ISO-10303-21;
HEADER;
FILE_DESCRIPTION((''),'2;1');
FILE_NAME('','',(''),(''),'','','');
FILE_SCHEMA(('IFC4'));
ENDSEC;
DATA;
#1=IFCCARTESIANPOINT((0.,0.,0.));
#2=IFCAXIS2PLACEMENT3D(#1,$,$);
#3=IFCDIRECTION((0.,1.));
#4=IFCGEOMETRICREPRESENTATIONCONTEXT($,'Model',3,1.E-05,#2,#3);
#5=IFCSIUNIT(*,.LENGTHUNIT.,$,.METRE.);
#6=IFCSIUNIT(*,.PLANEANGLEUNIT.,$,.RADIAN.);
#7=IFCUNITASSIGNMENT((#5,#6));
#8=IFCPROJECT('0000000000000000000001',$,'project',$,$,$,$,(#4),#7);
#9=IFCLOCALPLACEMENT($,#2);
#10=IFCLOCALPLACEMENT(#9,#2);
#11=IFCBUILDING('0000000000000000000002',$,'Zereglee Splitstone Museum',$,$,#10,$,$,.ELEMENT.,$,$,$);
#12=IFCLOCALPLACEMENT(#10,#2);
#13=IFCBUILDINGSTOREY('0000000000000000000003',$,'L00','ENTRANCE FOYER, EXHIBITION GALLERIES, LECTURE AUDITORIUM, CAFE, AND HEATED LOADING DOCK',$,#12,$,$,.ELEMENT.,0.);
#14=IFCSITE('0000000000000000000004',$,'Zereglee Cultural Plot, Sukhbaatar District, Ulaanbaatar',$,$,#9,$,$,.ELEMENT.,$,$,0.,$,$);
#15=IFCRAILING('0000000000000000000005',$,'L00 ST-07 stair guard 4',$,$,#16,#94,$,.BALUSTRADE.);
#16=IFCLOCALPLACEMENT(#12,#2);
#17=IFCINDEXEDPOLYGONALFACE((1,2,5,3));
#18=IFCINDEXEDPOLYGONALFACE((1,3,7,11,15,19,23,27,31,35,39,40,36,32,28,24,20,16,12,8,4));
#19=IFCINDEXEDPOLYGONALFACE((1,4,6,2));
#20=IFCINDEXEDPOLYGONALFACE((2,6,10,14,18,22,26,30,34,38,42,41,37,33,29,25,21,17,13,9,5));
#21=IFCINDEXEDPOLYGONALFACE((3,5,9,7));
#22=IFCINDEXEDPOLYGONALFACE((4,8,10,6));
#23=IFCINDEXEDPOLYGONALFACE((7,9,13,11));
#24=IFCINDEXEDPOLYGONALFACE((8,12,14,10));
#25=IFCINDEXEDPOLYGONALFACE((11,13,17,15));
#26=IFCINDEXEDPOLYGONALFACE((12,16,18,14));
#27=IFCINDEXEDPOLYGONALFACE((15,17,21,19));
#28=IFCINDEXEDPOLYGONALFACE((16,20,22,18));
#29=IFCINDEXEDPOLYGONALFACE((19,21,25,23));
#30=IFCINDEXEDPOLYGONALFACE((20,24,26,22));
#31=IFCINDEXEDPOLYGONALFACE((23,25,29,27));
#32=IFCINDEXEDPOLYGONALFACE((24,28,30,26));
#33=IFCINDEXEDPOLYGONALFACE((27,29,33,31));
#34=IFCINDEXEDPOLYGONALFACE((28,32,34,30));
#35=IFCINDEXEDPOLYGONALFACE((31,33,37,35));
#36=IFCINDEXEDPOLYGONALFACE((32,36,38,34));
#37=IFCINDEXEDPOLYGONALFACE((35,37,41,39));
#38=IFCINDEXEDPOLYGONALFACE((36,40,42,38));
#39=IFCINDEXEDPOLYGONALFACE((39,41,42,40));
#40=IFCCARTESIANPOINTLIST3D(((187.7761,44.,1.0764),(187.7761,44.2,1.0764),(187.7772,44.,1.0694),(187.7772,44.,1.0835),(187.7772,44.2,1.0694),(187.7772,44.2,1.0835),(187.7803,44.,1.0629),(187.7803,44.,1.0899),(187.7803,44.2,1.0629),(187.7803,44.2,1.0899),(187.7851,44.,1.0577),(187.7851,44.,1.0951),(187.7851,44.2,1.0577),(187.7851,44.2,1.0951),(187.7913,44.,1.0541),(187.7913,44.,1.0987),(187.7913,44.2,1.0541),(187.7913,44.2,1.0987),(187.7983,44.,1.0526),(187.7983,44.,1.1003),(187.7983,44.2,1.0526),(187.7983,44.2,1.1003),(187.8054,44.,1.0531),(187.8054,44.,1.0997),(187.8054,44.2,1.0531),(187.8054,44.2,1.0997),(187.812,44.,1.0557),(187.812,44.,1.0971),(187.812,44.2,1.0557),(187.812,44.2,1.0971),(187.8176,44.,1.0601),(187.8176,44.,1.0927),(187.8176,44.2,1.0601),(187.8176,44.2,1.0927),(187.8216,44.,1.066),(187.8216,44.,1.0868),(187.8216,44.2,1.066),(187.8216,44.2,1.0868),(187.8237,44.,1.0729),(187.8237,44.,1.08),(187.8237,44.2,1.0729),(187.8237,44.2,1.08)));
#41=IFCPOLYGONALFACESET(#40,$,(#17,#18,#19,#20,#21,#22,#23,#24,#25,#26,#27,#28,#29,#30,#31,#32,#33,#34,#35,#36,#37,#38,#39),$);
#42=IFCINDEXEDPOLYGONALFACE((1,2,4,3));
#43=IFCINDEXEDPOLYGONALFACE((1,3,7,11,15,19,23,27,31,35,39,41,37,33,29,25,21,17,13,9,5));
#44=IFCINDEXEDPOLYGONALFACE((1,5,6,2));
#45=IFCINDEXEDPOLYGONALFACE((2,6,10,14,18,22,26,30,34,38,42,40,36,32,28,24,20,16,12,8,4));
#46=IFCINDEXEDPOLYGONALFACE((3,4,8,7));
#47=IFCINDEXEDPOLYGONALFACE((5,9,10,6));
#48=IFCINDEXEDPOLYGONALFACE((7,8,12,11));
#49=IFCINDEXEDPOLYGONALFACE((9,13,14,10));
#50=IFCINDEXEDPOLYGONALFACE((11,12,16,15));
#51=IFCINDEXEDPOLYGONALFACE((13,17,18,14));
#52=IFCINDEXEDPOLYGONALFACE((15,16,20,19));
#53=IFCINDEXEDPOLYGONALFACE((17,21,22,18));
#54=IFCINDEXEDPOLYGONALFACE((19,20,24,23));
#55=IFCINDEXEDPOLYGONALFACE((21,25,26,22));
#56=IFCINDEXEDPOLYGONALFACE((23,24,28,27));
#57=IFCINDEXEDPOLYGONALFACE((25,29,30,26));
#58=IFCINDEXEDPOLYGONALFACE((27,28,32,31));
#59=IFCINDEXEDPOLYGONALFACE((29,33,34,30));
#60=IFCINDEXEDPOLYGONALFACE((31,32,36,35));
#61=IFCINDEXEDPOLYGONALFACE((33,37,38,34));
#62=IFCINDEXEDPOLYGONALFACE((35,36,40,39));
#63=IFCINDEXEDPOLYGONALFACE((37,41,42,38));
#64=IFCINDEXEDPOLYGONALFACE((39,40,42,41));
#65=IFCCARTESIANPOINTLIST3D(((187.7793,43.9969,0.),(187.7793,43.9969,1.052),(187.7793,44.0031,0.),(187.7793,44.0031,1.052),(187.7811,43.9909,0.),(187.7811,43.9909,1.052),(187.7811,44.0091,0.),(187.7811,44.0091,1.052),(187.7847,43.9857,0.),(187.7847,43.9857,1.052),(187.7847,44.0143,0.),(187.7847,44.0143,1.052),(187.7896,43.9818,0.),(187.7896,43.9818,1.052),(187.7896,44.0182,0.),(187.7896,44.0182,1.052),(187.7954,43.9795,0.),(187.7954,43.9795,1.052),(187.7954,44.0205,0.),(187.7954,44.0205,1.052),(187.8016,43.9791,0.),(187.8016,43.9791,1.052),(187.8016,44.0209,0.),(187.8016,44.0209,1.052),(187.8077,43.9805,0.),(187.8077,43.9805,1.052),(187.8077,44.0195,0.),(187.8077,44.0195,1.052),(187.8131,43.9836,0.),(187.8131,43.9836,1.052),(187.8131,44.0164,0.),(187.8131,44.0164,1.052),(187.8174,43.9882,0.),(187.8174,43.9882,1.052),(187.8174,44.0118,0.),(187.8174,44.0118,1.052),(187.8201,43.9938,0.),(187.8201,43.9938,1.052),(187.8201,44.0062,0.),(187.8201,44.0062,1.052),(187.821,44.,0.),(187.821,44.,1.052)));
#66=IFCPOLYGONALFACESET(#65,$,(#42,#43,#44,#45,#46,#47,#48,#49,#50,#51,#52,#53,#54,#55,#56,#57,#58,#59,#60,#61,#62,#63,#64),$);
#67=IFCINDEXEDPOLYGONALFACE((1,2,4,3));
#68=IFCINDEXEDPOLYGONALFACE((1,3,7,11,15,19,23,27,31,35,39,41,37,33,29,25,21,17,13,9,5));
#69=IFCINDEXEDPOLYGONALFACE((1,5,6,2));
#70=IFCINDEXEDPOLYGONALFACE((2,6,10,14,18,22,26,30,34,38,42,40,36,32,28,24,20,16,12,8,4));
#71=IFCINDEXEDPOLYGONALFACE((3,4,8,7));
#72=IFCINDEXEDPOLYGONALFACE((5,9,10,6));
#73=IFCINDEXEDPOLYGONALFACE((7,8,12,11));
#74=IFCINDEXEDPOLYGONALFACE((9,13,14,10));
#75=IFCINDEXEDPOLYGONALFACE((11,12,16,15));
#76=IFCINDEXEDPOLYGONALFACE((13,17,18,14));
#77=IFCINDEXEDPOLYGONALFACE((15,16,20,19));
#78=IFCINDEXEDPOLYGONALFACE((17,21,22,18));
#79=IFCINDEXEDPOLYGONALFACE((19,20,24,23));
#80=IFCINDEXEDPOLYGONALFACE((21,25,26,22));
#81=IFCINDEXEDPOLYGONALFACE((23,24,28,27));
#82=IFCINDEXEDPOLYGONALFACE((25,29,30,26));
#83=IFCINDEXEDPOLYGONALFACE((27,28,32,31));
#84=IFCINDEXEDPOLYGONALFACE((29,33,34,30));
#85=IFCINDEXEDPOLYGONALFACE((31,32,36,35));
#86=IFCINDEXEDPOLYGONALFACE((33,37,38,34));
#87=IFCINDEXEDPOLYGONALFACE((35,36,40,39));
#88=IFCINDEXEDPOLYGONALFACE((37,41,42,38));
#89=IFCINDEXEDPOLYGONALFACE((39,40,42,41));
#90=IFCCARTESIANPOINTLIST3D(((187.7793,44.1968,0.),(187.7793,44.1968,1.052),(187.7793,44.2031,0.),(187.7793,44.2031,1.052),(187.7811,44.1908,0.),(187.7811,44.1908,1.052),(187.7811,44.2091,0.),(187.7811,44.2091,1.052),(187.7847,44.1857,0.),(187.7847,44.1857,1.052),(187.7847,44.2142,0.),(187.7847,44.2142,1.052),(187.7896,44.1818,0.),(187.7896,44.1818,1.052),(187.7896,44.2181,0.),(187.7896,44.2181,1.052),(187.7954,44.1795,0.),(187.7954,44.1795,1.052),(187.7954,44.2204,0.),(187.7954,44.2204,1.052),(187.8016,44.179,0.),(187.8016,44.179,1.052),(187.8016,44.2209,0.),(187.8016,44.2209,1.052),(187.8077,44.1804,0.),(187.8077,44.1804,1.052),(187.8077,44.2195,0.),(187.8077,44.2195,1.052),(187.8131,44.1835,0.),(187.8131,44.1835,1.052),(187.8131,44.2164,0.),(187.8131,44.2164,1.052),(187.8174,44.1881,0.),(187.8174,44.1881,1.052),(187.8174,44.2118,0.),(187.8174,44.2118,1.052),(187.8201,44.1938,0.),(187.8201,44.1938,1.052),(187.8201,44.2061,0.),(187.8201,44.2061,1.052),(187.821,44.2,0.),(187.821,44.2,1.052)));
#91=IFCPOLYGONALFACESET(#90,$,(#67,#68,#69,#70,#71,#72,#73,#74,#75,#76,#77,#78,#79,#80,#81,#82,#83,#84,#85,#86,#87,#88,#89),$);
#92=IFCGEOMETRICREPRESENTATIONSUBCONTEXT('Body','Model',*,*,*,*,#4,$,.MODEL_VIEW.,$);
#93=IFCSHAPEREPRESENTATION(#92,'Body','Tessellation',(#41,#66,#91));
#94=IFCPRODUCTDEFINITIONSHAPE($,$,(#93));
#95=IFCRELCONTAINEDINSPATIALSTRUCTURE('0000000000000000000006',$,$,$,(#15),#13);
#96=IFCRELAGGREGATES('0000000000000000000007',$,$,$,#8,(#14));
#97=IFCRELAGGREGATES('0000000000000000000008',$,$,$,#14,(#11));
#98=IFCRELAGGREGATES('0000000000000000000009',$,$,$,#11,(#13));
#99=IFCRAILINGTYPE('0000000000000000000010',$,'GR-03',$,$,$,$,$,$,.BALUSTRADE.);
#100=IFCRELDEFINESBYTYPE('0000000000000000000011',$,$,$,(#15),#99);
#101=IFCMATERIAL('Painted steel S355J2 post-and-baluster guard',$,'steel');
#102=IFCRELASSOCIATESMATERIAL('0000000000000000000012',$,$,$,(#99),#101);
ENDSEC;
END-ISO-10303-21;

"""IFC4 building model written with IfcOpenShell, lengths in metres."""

from ifc_helpers import new_model, si_unit, direction, frame, origin, origin_2d, place, context, subcontext, project, spatial, circle, extrude, material, type_object, element, save


model = new_model("IFC4")

# Units and contexts
model_context = context("Model", 3, precision=1e-05, world=origin(), true_north=direction((0.0, 1.0)))
body_context = subcontext(model_context, "Body", "Model", "MODEL_VIEW")
ifc_project = project(units=[si_unit("LENGTHUNIT", "METRE"), si_unit("PLANEANGLEUNIT", "RADIAN")], contexts=[model_context])

# Site, building, storey
site_placement = place(None, origin())
site = spatial("IfcSite", under=ifc_project, at=site_placement, Name="Zereglee Cultural Plot, Sukhbaatar District, Ulaanbaatar", CompositionType="ELEMENT", RefElevation=0.0)
building_placement = place(site_placement, origin())
building = spatial("IfcBuilding", under=site, at=building_placement, Name="Zereglee Splitstone Museum", CompositionType="ELEMENT")
storey_placement = place(building_placement, origin())
storey = spatial("IfcBuildingStorey", under=building, at=storey_placement, Name="L00", Description="ENTRANCE FOYER, EXHIBITION GALLERIES, LECTURE AUDITORIUM, CAFE, AND HEATED LOADING DOCK", CompositionType="ELEMENT", Elevation=0.0)

# Railing
ifc_material_1 = material(Name="Painted steel S355J2 post-and-baluster guard", Category="steel")
railing_type_1 = type_object("IfcRailingType", Name="GR-03", PredefinedType="BALUSTRADE", material=ifc_material_1)
railing_1_placement = place(storey_placement, frame((187.8, 44.0, 0.0)))
element("IfcRailing", 1, at=railing_1_placement, inside=storey, type_object=railing_type_1, Name="L00 ST-07 stair guard 4", PredefinedType="BALUSTRADE", context=body_context, shape_type="SweptSolid", body=[
    extrude(circle(Radius=0.0239, at=origin_2d()), frame((0.0, 0.0, 1.0764), z_axis=(0.0, 1.0, 0.0), x_axis=(-1.0, 0.0, 0.0)), (0.0, 0.0, 1.0), 0.2),
    extrude(circle(Radius=0.021, at=origin_2d()), origin(), (0.0, 0.0, 1.0), 1.052),
    extrude(circle(Radius=0.021, at=origin_2d()), frame((0.0, 0.2, 0.0)), (0.0, 0.0, 1.0), 1.052),
])

save(model, "model.ifc")
